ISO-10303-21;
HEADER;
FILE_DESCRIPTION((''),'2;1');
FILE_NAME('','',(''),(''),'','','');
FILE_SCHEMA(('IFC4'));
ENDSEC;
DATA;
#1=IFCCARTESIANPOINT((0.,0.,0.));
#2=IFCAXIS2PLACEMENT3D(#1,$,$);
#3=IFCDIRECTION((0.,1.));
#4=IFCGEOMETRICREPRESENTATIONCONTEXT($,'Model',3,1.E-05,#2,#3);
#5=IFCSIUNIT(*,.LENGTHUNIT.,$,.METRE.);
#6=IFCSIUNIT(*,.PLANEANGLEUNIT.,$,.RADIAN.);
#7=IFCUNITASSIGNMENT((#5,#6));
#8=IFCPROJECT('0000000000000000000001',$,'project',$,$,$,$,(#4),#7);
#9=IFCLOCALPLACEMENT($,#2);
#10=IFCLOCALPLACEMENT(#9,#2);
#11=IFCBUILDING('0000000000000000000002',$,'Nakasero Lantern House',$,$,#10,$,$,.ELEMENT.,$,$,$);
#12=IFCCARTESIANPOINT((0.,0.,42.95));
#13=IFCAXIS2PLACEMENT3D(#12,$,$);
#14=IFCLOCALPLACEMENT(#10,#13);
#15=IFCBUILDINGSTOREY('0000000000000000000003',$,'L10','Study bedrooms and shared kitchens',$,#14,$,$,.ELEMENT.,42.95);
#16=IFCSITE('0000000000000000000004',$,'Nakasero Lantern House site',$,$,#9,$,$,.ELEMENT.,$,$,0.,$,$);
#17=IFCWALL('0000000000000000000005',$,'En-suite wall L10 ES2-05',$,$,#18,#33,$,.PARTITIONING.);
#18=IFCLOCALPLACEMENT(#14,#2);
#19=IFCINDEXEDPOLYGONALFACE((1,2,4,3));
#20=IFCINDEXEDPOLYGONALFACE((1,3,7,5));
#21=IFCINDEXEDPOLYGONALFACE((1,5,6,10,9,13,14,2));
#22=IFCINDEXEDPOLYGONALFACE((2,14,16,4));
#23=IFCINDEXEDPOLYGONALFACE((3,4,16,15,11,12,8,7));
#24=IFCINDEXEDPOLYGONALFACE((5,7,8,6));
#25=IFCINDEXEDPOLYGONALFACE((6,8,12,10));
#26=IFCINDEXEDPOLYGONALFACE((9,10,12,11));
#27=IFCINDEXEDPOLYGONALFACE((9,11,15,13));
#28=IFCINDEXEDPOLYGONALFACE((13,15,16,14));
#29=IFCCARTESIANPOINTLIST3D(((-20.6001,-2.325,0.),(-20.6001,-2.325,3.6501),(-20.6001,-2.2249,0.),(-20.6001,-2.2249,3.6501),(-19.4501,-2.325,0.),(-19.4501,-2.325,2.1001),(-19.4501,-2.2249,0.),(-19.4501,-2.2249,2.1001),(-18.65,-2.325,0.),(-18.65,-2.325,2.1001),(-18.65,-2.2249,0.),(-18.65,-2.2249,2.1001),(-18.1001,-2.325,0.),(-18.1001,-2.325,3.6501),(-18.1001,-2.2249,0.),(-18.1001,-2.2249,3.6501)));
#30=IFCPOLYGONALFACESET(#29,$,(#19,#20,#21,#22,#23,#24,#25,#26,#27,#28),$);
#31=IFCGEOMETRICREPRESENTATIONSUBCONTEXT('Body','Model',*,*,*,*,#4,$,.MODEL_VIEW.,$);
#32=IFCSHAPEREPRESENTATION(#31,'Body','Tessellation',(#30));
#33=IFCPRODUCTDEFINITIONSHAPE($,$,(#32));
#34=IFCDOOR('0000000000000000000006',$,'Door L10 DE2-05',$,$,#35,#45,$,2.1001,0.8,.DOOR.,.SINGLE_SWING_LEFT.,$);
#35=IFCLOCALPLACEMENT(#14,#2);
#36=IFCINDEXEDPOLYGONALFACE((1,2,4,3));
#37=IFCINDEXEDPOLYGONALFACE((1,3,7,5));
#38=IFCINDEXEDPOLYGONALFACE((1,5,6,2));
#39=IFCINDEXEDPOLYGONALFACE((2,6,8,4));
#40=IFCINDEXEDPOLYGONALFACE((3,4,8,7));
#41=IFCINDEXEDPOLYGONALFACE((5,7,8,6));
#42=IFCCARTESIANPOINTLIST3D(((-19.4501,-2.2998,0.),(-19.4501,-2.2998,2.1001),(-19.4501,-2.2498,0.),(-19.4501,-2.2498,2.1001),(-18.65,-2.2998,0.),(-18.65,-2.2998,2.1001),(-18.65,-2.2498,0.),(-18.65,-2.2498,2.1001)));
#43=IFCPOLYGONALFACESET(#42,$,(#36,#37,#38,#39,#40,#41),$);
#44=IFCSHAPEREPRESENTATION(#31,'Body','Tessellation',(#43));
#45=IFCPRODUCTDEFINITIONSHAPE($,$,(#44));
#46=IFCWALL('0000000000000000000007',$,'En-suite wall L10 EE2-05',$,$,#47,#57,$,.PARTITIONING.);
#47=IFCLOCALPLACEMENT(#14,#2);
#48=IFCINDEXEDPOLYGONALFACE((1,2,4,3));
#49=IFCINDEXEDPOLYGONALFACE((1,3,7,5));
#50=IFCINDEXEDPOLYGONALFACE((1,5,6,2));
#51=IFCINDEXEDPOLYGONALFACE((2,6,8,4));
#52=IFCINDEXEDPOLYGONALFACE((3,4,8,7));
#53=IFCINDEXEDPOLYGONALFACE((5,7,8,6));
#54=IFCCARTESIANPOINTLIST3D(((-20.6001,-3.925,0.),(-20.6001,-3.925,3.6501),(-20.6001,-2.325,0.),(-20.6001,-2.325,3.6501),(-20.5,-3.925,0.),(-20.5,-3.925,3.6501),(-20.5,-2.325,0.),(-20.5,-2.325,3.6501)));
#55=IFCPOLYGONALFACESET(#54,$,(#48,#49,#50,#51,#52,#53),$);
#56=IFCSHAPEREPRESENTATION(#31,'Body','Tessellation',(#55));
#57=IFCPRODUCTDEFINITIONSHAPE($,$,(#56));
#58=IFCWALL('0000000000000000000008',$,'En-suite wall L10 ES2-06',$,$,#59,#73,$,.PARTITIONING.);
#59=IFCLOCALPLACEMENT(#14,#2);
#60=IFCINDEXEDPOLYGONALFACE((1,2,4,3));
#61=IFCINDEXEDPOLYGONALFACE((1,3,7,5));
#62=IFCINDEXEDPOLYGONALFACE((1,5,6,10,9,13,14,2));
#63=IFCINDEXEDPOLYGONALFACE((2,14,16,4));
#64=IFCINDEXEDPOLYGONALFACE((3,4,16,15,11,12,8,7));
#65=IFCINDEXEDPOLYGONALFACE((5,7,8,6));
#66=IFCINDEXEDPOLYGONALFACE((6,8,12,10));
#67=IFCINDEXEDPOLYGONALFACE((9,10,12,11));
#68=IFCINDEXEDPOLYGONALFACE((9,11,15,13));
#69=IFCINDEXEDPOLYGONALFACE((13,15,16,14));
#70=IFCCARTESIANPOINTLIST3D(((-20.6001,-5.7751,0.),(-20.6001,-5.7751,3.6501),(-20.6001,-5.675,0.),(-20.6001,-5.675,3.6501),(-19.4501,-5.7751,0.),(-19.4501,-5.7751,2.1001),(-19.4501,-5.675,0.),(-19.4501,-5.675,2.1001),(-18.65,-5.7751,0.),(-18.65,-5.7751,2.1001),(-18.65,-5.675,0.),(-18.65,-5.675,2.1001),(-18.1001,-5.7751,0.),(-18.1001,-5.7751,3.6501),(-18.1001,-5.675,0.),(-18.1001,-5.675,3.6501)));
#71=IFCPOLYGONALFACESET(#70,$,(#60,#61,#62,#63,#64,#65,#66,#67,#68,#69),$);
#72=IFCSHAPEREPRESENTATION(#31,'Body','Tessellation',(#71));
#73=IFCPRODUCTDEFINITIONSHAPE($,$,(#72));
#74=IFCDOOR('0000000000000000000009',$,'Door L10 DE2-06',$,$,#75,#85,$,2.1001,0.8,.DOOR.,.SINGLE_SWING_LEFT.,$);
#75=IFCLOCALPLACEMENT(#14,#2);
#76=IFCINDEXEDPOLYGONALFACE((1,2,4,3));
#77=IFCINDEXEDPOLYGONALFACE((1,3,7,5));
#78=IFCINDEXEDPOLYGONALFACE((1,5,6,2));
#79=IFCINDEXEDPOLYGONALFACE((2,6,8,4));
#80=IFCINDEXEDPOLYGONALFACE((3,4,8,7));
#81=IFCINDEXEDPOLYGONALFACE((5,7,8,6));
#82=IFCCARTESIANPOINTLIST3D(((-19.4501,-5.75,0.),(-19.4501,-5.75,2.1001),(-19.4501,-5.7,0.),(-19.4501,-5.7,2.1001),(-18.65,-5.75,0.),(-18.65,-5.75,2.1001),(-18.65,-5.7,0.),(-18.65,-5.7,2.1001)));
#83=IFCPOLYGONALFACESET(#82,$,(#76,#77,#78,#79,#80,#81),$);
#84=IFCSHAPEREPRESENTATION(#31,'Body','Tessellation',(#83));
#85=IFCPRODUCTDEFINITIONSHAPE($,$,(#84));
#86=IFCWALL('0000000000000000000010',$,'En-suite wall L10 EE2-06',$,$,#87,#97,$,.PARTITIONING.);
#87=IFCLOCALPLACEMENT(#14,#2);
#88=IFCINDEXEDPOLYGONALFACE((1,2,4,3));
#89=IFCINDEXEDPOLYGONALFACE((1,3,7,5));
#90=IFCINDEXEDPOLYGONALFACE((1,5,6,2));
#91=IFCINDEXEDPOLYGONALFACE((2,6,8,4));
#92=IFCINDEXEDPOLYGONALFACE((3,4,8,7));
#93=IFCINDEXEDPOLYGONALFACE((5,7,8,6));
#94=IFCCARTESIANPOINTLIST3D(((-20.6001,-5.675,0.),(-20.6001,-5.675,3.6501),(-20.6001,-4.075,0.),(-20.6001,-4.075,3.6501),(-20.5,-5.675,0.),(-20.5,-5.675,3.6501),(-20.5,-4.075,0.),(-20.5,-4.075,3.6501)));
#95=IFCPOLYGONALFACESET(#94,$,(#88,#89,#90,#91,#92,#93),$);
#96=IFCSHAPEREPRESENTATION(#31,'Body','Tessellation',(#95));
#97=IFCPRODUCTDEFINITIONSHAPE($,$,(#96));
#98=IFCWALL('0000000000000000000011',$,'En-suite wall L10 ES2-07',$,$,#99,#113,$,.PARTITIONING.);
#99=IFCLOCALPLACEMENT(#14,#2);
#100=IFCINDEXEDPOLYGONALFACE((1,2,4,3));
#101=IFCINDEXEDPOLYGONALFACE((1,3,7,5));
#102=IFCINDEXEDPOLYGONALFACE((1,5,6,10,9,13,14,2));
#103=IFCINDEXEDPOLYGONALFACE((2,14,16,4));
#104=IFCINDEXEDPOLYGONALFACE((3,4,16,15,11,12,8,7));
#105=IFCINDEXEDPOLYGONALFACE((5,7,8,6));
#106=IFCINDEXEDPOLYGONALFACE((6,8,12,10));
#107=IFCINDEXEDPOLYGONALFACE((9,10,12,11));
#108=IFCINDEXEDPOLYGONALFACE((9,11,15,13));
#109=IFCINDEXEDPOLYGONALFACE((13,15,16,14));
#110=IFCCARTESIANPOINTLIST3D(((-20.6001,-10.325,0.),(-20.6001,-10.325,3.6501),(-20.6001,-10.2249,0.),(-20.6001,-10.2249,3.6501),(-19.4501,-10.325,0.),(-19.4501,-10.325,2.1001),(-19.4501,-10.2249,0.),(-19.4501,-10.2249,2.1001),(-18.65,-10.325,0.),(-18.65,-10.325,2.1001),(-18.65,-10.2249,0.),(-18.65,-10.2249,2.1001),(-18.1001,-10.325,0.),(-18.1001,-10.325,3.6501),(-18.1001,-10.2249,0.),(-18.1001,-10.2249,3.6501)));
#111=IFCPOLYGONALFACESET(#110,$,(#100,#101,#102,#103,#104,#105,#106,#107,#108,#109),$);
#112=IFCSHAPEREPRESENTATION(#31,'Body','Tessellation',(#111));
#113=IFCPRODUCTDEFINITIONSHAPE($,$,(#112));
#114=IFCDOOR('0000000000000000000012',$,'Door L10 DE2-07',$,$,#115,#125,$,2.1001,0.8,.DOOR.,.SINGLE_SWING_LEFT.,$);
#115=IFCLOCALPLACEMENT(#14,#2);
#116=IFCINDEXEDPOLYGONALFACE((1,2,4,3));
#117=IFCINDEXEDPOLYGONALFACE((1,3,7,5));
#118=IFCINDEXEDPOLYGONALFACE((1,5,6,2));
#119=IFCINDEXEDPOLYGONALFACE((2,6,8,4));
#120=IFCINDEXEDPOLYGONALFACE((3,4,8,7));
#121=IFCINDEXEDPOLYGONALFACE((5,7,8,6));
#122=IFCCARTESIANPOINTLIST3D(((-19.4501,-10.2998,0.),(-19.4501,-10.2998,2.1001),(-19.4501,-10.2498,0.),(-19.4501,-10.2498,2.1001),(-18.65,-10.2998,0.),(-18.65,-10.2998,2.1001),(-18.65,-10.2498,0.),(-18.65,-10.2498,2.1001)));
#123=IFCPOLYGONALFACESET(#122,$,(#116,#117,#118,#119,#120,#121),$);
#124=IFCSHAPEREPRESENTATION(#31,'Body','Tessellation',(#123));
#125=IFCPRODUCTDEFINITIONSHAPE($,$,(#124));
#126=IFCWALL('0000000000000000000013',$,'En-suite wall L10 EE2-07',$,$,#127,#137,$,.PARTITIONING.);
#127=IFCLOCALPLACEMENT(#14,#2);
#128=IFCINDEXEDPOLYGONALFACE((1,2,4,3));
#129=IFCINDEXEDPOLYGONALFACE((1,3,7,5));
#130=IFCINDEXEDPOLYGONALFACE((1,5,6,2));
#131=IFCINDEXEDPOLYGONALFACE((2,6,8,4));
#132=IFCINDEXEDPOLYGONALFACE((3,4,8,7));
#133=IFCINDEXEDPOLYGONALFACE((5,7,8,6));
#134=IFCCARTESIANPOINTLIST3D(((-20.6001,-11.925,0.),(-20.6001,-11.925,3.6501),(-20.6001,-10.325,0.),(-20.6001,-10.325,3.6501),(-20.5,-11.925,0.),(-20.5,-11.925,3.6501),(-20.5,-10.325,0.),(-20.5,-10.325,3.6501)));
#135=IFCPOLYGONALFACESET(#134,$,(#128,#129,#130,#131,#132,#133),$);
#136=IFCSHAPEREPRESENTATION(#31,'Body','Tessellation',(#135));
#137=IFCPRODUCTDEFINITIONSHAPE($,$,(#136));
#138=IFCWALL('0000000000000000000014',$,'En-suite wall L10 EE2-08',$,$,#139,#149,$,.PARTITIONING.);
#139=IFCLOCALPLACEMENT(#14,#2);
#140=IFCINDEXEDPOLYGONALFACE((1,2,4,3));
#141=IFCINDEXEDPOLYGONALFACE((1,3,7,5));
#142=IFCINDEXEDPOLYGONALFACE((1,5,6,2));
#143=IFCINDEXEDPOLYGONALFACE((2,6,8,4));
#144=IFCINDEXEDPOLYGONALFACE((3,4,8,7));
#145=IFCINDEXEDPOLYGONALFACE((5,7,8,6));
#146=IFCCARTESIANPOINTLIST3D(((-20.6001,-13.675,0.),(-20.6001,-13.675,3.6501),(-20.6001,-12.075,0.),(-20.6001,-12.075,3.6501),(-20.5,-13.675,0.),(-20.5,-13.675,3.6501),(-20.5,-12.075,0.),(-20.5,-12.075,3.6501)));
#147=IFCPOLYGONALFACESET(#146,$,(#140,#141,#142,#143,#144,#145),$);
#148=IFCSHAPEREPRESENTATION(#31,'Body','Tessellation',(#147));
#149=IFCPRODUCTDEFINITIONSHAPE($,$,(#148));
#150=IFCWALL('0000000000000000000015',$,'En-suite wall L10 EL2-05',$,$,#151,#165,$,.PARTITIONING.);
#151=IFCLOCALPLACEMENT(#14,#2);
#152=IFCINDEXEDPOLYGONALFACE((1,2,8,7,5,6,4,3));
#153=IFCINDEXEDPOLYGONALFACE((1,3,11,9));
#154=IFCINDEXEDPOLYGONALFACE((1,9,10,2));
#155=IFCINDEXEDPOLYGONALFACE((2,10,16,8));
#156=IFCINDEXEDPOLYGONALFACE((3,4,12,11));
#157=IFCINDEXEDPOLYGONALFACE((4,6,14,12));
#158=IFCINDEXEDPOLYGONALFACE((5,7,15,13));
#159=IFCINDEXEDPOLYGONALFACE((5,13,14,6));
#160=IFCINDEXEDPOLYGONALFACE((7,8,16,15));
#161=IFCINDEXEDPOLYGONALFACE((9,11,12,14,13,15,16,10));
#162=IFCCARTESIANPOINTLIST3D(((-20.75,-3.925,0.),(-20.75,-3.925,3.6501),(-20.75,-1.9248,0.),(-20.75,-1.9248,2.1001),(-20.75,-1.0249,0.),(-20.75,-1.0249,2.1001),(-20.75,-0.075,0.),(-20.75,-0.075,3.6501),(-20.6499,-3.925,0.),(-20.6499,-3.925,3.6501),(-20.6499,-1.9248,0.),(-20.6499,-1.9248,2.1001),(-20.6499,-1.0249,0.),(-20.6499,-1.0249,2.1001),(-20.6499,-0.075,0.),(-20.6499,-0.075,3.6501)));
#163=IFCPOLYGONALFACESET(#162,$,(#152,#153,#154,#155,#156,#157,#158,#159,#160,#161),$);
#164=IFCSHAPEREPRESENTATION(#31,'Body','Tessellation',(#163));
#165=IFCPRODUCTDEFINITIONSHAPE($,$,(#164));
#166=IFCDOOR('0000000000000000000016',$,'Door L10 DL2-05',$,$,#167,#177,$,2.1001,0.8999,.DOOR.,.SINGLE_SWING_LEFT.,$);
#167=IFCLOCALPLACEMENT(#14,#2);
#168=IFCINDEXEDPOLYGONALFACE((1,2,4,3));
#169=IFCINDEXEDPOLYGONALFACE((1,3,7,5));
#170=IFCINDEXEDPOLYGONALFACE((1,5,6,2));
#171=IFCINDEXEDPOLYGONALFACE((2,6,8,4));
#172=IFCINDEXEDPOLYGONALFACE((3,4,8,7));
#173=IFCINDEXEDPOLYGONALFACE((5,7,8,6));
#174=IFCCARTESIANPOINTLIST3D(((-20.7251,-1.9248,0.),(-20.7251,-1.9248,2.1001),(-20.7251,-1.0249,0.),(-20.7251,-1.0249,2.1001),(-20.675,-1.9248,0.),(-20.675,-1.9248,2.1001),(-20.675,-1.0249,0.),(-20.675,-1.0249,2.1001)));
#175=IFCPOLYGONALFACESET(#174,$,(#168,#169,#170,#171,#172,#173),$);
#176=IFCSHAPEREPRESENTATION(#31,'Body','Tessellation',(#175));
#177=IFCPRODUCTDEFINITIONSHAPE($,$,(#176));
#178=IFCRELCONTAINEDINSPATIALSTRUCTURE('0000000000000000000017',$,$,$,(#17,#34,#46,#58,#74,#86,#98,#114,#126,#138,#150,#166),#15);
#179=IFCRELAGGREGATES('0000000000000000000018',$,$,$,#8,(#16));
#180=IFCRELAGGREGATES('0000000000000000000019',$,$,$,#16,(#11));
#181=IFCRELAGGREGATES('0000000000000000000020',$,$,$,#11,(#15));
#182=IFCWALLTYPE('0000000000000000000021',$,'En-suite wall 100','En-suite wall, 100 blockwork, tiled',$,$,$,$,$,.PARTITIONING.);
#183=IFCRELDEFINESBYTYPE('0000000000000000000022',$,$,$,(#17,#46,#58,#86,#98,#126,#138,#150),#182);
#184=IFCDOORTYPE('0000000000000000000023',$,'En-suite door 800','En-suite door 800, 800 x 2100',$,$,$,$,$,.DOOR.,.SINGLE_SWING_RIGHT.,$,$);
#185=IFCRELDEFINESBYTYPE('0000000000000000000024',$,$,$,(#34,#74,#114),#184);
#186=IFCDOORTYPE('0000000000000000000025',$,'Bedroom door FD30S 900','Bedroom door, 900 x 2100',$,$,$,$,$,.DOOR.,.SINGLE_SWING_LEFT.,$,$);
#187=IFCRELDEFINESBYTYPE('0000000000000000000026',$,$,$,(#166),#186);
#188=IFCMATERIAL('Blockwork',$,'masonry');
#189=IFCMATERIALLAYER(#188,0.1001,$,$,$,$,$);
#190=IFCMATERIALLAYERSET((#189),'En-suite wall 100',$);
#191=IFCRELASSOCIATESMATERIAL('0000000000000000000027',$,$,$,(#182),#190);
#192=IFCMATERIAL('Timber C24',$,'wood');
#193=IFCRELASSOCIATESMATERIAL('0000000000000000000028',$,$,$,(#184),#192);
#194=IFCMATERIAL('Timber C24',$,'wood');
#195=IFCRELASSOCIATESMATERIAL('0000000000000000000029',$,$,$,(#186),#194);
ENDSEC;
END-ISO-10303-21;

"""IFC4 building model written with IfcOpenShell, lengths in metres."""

from ifc_helpers import new_model, si_unit, direction, frame, frame_2d, origin, place, context, subcontext, project, spatial, rectangle, extrude, material, layer, layer_set, type_object, element, fill, save


model = new_model("IFC4")

# Units and contexts
model_context = context("Model", 3, precision=1e-05, world=origin(), true_north=direction((0.0, 1.0)))
body_context = subcontext(model_context, "Body", "Model", "MODEL_VIEW")
ifc_project = project(units=[si_unit("LENGTHUNIT", "METRE"), si_unit("PLANEANGLEUNIT", "RADIAN")], contexts=[model_context])

# Site, building, storey
site_placement = place(None, origin())
site = spatial("IfcSite", under=ifc_project, at=site_placement, Name="Nakasero Lantern House site", CompositionType="ELEMENT", RefElevation=0.0)
building_placement = place(site_placement, origin())
building = spatial("IfcBuilding", under=site, at=building_placement, Name="Nakasero Lantern House", CompositionType="ELEMENT")
storey_placement = place(building_placement, frame((0.0, 0.0, 42.95)))
storey = spatial("IfcBuildingStorey", under=building, at=storey_placement, Name="L10", Description="Study bedrooms and shared kitchens", CompositionType="ELEMENT", Elevation=42.95)

# Wall, opening, door
ifc_material_1 = material(Name="Blockwork", Category="masonry")
ifc_layer_1 = layer(ifc_material_1, 0.1001)
ifc_layer_set_1 = layer_set([ifc_layer_1], Name="En-suite wall 100")
wall_type_1 = type_object("IfcWallType", Name="En-suite wall 100", Description="En-suite wall, 100 blockwork, tiled", PredefinedType="PARTITIONING", material=ifc_layer_set_1)
wall_1_placement = place(storey_placement, frame((-18.1001, -2.2749, 0.0), z_axis=(0.0, 0.0, 1.0), x_axis=(-1.0, 0.0, 0.0)))
wall_1 = element("IfcWall", 1, at=wall_1_placement, inside=storey, type_object=wall_type_1, Name="En-suite wall L10 ES2-05", PredefinedType="PARTITIONING", context=body_context, shape_type="SweptSolid", body=[
    extrude(rectangle(XDim=2.5, YDim=0.1001, at=frame_2d((1.25, 0.0))), origin(), (0.0, 0.0, 1.0), 3.6501),
])
opening_1_placement = place(wall_1_placement, frame((0.55, 0.0, 0.0)))
opening_1 = element("IfcOpeningElement", 2, at=opening_1_placement, cuts=wall_1, PredefinedType="OPENING", context=body_context, shape_type="SweptSolid", body=[
    extrude(rectangle(XDim=0.8, YDim=2.1001, at=frame_2d((0.3999, 1.05))), frame((0.0, 0.0701, 0.0), z_axis=(0.0, -1.0, 0.0), x_axis=(1.0, 0.0, 0.0)), (0.0, 0.0, 1.0), 0.1401),
])
ifc_material_2 = material(Name="Timber C24", Category="wood")
door_type_1 = type_object("IfcDoorType", Name="En-suite door 800", Description="En-suite door 800, 800 x 2100", OperationType="SINGLE_SWING_RIGHT", PredefinedType="DOOR", material=ifc_material_2)
door_1_placement = place(opening_1_placement, origin())
door_1 = element("IfcDoor", 3, at=door_1_placement, inside=storey, type_object=door_type_1, Name="Door L10 DE2-05", OperationType="SINGLE_SWING_LEFT", OverallHeight=2.1001, OverallWidth=0.8, PredefinedType="DOOR", context=body_context, shape_type="SweptSolid", body=[
    extrude(rectangle(XDim=0.8, YDim=2.1001, at=frame_2d((0.3999, 1.05))), frame((0.0, 0.0249, 0.0), z_axis=(0.0, -1.0, 0.0), x_axis=(1.0, 0.0, 0.0)), (0.0, 0.0, 1.0), 0.05),
])
fill(opening_1, door_1)

# Wall
wall_2_placement = place(storey_placement, frame((-20.55, -2.325, 0.0), z_axis=(0.0, 0.0, 1.0), x_axis=(0.0, -1.0, 0.0)))
element("IfcWall", 4, at=wall_2_placement, inside=storey, type_object=wall_type_1, Name="En-suite wall L10 EE2-05", PredefinedType="PARTITIONING", context=body_context, shape_type="SweptSolid", body=[
    extrude(rectangle(XDim=1.6001, YDim=0.1001, at=frame_2d((0.8, 0.0))), origin(), (0.0, 0.0, 1.0), 3.6501),
])

# Wall, opening, door
wall_3_placement = place(storey_placement, frame((-18.1001, -5.7251, 0.0), z_axis=(0.0, 0.0, 1.0), x_axis=(-1.0, 0.0, 0.0)))
wall_3 = element("IfcWall", 5, at=wall_3_placement, inside=storey, type_object=wall_type_1, Name="En-suite wall L10 ES2-06", PredefinedType="PARTITIONING", context=body_context, shape_type="SweptSolid", body=[
    extrude(rectangle(XDim=2.5, YDim=0.1001, at=frame_2d((1.25, 0.0))), origin(), (0.0, 0.0, 1.0), 3.6501),
])
opening_2_placement = place(wall_3_placement, frame((0.55, 0.0, 0.0)))
opening_2 = element("IfcOpeningElement", 6, at=opening_2_placement, cuts=wall_3, PredefinedType="OPENING", context=body_context, shape_type="SweptSolid", body=[
    extrude(rectangle(XDim=0.8, YDim=2.1001, at=frame_2d((0.3999, 1.05))), frame((0.0, 0.0701, 0.0), z_axis=(0.0, -1.0, 0.0), x_axis=(1.0, 0.0, 0.0)), (0.0, 0.0, 1.0), 0.1401),
])
door_2_placement = place(opening_2_placement, origin())
door_2 = element("IfcDoor", 7, at=door_2_placement, inside=storey, type_object=door_type_1, Name="Door L10 DE2-06", OperationType="SINGLE_SWING_LEFT", OverallHeight=2.1001, OverallWidth=0.8, PredefinedType="DOOR", context=body_context, shape_type="SweptSolid", body=[
    extrude(rectangle(XDim=0.8, YDim=2.1001, at=frame_2d((0.3999, 1.05))), frame((0.0, 0.0249, 0.0), z_axis=(0.0, -1.0, 0.0), x_axis=(1.0, 0.0, 0.0)), (0.0, 0.0, 1.0), 0.05),
])
fill(opening_2, door_2)

# Wall
wall_4_placement = place(storey_placement, frame((-20.55, -4.075, 0.0), z_axis=(0.0, 0.0, 1.0), x_axis=(0.0, -1.0, 0.0)))
element("IfcWall", 8, at=wall_4_placement, inside=storey, type_object=wall_type_1, Name="En-suite wall L10 EE2-06", PredefinedType="PARTITIONING", context=body_context, shape_type="SweptSolid", body=[
    extrude(rectangle(XDim=1.6001, YDim=0.1001, at=frame_2d((0.8, 0.0))), origin(), (0.0, 0.0, 1.0), 3.6501),
])

# Wall, opening, door
wall_5_placement = place(storey_placement, frame((-18.1001, -10.2749, 0.0), z_axis=(0.0, 0.0, 1.0), x_axis=(-1.0, 0.0, 0.0)))
wall_5 = element("IfcWall", 9, at=wall_5_placement, inside=storey, type_object=wall_type_1, Name="En-suite wall L10 ES2-07", PredefinedType="PARTITIONING", context=body_context, shape_type="SweptSolid", body=[
    extrude(rectangle(XDim=2.5, YDim=0.1001, at=frame_2d((1.25, 0.0))), origin(), (0.0, 0.0, 1.0), 3.6501),
])
opening_3_placement = place(wall_5_placement, frame((0.55, 0.0, 0.0)))
opening_3 = element("IfcOpeningElement", 10, at=opening_3_placement, cuts=wall_5, PredefinedType="OPENING", context=body_context, shape_type="SweptSolid", body=[
    extrude(rectangle(XDim=0.8, YDim=2.1001, at=frame_2d((0.3999, 1.05))), frame((0.0, 0.0701, 0.0), z_axis=(0.0, -1.0, 0.0), x_axis=(1.0, 0.0, 0.0)), (0.0, 0.0, 1.0), 0.1401),
])
door_3_placement = place(opening_3_placement, origin())
door_3 = element("IfcDoor", 11, at=door_3_placement, inside=storey, type_object=door_type_1, Name="Door L10 DE2-07", OperationType="SINGLE_SWING_LEFT", OverallHeight=2.1001, OverallWidth=0.8, PredefinedType="DOOR", context=body_context, shape_type="SweptSolid", body=[
    extrude(rectangle(XDim=0.8, YDim=2.1001, at=frame_2d((0.3999, 1.05))), frame((0.0, 0.0249, 0.0), z_axis=(0.0, -1.0, 0.0), x_axis=(1.0, 0.0, 0.0)), (0.0, 0.0, 1.0), 0.05),
])
fill(opening_3, door_3)

# Walls
for number, where, z_axis, x_axis, name in (
    (12, (-20.55, -10.325, 0.0), (0.0, 0.0, 1.0), (0.0, -1.0, 0.0), "En-suite wall L10 EE2-07"),
    (13, (-20.55, -12.075, 0.0), (0.0, 0.0, 1.0), (0.0, -1.0, 0.0), "En-suite wall L10 EE2-08"),
):
    element("IfcWall", number, at=place(storey_placement, frame(where, z_axis=z_axis, x_axis=x_axis)), inside=storey, type_object=wall_type_1, Name=name, PredefinedType="PARTITIONING", context=body_context, shape_type="SweptSolid", body=[
        extrude(rectangle(XDim=1.6001, YDim=0.1001, at=frame_2d((0.8, 0.0))), origin(), (0.0, 0.0, 1.0), 3.6501),
    ])

# Wall, opening, door
wall_6_placement = place(storey_placement, frame((-20.7, -0.075, 0.0), z_axis=(0.0, 0.0, 1.0), x_axis=(0.0, -1.0, 0.0)))
wall_6 = element("IfcWall", 14, at=wall_6_placement, inside=storey, type_object=wall_type_1, Name="En-suite wall L10 EL2-05", PredefinedType="PARTITIONING", context=body_context, shape_type="SweptSolid", body=[
    extrude(rectangle(XDim=3.8501, YDim=0.1001, at=frame_2d((1.925, 0.0))), origin(), (0.0, 0.0, 1.0), 3.6501),
])
opening_4_placement = place(wall_6_placement, frame((0.95, 0.0, 0.0)))
opening_4 = element("IfcOpeningElement", 15, at=opening_4_placement, cuts=wall_6, PredefinedType="OPENING", context=body_context, shape_type="SweptSolid", body=[
    extrude(rectangle(XDim=0.8999, YDim=2.1001, at=frame_2d((0.45, 1.05))), frame((0.0, 0.0701, 0.0), z_axis=(0.0, -1.0, 0.0), x_axis=(1.0, 0.0, 0.0)), (0.0, 0.0, 1.0), 0.1401),
])
ifc_material_3 = material(Name="Timber C24", Category="wood")
door_type_2 = type_object("IfcDoorType", Name="Bedroom door FD30S 900", Description="Bedroom door, 900 x 2100", OperationType="SINGLE_SWING_LEFT", PredefinedType="DOOR", material=ifc_material_3)
door_4_placement = place(opening_4_placement, origin())
door_4 = element("IfcDoor", 16, at=door_4_placement, inside=storey, type_object=door_type_2, Name="Door L10 DL2-05", OperationType="SINGLE_SWING_LEFT", OverallHeight=2.1001, OverallWidth=0.8999, PredefinedType="DOOR", context=body_context, shape_type="SweptSolid", body=[
    extrude(rectangle(XDim=0.8999, YDim=2.1001, at=frame_2d((0.45, 1.05))), frame((0.0, 0.0249, 0.0), z_axis=(0.0, -1.0, 0.0), x_axis=(1.0, 0.0, 0.0)), (0.0, 0.0, 1.0), 0.05),
])
fill(opening_4, door_4)

save(model, "model.ifc")
